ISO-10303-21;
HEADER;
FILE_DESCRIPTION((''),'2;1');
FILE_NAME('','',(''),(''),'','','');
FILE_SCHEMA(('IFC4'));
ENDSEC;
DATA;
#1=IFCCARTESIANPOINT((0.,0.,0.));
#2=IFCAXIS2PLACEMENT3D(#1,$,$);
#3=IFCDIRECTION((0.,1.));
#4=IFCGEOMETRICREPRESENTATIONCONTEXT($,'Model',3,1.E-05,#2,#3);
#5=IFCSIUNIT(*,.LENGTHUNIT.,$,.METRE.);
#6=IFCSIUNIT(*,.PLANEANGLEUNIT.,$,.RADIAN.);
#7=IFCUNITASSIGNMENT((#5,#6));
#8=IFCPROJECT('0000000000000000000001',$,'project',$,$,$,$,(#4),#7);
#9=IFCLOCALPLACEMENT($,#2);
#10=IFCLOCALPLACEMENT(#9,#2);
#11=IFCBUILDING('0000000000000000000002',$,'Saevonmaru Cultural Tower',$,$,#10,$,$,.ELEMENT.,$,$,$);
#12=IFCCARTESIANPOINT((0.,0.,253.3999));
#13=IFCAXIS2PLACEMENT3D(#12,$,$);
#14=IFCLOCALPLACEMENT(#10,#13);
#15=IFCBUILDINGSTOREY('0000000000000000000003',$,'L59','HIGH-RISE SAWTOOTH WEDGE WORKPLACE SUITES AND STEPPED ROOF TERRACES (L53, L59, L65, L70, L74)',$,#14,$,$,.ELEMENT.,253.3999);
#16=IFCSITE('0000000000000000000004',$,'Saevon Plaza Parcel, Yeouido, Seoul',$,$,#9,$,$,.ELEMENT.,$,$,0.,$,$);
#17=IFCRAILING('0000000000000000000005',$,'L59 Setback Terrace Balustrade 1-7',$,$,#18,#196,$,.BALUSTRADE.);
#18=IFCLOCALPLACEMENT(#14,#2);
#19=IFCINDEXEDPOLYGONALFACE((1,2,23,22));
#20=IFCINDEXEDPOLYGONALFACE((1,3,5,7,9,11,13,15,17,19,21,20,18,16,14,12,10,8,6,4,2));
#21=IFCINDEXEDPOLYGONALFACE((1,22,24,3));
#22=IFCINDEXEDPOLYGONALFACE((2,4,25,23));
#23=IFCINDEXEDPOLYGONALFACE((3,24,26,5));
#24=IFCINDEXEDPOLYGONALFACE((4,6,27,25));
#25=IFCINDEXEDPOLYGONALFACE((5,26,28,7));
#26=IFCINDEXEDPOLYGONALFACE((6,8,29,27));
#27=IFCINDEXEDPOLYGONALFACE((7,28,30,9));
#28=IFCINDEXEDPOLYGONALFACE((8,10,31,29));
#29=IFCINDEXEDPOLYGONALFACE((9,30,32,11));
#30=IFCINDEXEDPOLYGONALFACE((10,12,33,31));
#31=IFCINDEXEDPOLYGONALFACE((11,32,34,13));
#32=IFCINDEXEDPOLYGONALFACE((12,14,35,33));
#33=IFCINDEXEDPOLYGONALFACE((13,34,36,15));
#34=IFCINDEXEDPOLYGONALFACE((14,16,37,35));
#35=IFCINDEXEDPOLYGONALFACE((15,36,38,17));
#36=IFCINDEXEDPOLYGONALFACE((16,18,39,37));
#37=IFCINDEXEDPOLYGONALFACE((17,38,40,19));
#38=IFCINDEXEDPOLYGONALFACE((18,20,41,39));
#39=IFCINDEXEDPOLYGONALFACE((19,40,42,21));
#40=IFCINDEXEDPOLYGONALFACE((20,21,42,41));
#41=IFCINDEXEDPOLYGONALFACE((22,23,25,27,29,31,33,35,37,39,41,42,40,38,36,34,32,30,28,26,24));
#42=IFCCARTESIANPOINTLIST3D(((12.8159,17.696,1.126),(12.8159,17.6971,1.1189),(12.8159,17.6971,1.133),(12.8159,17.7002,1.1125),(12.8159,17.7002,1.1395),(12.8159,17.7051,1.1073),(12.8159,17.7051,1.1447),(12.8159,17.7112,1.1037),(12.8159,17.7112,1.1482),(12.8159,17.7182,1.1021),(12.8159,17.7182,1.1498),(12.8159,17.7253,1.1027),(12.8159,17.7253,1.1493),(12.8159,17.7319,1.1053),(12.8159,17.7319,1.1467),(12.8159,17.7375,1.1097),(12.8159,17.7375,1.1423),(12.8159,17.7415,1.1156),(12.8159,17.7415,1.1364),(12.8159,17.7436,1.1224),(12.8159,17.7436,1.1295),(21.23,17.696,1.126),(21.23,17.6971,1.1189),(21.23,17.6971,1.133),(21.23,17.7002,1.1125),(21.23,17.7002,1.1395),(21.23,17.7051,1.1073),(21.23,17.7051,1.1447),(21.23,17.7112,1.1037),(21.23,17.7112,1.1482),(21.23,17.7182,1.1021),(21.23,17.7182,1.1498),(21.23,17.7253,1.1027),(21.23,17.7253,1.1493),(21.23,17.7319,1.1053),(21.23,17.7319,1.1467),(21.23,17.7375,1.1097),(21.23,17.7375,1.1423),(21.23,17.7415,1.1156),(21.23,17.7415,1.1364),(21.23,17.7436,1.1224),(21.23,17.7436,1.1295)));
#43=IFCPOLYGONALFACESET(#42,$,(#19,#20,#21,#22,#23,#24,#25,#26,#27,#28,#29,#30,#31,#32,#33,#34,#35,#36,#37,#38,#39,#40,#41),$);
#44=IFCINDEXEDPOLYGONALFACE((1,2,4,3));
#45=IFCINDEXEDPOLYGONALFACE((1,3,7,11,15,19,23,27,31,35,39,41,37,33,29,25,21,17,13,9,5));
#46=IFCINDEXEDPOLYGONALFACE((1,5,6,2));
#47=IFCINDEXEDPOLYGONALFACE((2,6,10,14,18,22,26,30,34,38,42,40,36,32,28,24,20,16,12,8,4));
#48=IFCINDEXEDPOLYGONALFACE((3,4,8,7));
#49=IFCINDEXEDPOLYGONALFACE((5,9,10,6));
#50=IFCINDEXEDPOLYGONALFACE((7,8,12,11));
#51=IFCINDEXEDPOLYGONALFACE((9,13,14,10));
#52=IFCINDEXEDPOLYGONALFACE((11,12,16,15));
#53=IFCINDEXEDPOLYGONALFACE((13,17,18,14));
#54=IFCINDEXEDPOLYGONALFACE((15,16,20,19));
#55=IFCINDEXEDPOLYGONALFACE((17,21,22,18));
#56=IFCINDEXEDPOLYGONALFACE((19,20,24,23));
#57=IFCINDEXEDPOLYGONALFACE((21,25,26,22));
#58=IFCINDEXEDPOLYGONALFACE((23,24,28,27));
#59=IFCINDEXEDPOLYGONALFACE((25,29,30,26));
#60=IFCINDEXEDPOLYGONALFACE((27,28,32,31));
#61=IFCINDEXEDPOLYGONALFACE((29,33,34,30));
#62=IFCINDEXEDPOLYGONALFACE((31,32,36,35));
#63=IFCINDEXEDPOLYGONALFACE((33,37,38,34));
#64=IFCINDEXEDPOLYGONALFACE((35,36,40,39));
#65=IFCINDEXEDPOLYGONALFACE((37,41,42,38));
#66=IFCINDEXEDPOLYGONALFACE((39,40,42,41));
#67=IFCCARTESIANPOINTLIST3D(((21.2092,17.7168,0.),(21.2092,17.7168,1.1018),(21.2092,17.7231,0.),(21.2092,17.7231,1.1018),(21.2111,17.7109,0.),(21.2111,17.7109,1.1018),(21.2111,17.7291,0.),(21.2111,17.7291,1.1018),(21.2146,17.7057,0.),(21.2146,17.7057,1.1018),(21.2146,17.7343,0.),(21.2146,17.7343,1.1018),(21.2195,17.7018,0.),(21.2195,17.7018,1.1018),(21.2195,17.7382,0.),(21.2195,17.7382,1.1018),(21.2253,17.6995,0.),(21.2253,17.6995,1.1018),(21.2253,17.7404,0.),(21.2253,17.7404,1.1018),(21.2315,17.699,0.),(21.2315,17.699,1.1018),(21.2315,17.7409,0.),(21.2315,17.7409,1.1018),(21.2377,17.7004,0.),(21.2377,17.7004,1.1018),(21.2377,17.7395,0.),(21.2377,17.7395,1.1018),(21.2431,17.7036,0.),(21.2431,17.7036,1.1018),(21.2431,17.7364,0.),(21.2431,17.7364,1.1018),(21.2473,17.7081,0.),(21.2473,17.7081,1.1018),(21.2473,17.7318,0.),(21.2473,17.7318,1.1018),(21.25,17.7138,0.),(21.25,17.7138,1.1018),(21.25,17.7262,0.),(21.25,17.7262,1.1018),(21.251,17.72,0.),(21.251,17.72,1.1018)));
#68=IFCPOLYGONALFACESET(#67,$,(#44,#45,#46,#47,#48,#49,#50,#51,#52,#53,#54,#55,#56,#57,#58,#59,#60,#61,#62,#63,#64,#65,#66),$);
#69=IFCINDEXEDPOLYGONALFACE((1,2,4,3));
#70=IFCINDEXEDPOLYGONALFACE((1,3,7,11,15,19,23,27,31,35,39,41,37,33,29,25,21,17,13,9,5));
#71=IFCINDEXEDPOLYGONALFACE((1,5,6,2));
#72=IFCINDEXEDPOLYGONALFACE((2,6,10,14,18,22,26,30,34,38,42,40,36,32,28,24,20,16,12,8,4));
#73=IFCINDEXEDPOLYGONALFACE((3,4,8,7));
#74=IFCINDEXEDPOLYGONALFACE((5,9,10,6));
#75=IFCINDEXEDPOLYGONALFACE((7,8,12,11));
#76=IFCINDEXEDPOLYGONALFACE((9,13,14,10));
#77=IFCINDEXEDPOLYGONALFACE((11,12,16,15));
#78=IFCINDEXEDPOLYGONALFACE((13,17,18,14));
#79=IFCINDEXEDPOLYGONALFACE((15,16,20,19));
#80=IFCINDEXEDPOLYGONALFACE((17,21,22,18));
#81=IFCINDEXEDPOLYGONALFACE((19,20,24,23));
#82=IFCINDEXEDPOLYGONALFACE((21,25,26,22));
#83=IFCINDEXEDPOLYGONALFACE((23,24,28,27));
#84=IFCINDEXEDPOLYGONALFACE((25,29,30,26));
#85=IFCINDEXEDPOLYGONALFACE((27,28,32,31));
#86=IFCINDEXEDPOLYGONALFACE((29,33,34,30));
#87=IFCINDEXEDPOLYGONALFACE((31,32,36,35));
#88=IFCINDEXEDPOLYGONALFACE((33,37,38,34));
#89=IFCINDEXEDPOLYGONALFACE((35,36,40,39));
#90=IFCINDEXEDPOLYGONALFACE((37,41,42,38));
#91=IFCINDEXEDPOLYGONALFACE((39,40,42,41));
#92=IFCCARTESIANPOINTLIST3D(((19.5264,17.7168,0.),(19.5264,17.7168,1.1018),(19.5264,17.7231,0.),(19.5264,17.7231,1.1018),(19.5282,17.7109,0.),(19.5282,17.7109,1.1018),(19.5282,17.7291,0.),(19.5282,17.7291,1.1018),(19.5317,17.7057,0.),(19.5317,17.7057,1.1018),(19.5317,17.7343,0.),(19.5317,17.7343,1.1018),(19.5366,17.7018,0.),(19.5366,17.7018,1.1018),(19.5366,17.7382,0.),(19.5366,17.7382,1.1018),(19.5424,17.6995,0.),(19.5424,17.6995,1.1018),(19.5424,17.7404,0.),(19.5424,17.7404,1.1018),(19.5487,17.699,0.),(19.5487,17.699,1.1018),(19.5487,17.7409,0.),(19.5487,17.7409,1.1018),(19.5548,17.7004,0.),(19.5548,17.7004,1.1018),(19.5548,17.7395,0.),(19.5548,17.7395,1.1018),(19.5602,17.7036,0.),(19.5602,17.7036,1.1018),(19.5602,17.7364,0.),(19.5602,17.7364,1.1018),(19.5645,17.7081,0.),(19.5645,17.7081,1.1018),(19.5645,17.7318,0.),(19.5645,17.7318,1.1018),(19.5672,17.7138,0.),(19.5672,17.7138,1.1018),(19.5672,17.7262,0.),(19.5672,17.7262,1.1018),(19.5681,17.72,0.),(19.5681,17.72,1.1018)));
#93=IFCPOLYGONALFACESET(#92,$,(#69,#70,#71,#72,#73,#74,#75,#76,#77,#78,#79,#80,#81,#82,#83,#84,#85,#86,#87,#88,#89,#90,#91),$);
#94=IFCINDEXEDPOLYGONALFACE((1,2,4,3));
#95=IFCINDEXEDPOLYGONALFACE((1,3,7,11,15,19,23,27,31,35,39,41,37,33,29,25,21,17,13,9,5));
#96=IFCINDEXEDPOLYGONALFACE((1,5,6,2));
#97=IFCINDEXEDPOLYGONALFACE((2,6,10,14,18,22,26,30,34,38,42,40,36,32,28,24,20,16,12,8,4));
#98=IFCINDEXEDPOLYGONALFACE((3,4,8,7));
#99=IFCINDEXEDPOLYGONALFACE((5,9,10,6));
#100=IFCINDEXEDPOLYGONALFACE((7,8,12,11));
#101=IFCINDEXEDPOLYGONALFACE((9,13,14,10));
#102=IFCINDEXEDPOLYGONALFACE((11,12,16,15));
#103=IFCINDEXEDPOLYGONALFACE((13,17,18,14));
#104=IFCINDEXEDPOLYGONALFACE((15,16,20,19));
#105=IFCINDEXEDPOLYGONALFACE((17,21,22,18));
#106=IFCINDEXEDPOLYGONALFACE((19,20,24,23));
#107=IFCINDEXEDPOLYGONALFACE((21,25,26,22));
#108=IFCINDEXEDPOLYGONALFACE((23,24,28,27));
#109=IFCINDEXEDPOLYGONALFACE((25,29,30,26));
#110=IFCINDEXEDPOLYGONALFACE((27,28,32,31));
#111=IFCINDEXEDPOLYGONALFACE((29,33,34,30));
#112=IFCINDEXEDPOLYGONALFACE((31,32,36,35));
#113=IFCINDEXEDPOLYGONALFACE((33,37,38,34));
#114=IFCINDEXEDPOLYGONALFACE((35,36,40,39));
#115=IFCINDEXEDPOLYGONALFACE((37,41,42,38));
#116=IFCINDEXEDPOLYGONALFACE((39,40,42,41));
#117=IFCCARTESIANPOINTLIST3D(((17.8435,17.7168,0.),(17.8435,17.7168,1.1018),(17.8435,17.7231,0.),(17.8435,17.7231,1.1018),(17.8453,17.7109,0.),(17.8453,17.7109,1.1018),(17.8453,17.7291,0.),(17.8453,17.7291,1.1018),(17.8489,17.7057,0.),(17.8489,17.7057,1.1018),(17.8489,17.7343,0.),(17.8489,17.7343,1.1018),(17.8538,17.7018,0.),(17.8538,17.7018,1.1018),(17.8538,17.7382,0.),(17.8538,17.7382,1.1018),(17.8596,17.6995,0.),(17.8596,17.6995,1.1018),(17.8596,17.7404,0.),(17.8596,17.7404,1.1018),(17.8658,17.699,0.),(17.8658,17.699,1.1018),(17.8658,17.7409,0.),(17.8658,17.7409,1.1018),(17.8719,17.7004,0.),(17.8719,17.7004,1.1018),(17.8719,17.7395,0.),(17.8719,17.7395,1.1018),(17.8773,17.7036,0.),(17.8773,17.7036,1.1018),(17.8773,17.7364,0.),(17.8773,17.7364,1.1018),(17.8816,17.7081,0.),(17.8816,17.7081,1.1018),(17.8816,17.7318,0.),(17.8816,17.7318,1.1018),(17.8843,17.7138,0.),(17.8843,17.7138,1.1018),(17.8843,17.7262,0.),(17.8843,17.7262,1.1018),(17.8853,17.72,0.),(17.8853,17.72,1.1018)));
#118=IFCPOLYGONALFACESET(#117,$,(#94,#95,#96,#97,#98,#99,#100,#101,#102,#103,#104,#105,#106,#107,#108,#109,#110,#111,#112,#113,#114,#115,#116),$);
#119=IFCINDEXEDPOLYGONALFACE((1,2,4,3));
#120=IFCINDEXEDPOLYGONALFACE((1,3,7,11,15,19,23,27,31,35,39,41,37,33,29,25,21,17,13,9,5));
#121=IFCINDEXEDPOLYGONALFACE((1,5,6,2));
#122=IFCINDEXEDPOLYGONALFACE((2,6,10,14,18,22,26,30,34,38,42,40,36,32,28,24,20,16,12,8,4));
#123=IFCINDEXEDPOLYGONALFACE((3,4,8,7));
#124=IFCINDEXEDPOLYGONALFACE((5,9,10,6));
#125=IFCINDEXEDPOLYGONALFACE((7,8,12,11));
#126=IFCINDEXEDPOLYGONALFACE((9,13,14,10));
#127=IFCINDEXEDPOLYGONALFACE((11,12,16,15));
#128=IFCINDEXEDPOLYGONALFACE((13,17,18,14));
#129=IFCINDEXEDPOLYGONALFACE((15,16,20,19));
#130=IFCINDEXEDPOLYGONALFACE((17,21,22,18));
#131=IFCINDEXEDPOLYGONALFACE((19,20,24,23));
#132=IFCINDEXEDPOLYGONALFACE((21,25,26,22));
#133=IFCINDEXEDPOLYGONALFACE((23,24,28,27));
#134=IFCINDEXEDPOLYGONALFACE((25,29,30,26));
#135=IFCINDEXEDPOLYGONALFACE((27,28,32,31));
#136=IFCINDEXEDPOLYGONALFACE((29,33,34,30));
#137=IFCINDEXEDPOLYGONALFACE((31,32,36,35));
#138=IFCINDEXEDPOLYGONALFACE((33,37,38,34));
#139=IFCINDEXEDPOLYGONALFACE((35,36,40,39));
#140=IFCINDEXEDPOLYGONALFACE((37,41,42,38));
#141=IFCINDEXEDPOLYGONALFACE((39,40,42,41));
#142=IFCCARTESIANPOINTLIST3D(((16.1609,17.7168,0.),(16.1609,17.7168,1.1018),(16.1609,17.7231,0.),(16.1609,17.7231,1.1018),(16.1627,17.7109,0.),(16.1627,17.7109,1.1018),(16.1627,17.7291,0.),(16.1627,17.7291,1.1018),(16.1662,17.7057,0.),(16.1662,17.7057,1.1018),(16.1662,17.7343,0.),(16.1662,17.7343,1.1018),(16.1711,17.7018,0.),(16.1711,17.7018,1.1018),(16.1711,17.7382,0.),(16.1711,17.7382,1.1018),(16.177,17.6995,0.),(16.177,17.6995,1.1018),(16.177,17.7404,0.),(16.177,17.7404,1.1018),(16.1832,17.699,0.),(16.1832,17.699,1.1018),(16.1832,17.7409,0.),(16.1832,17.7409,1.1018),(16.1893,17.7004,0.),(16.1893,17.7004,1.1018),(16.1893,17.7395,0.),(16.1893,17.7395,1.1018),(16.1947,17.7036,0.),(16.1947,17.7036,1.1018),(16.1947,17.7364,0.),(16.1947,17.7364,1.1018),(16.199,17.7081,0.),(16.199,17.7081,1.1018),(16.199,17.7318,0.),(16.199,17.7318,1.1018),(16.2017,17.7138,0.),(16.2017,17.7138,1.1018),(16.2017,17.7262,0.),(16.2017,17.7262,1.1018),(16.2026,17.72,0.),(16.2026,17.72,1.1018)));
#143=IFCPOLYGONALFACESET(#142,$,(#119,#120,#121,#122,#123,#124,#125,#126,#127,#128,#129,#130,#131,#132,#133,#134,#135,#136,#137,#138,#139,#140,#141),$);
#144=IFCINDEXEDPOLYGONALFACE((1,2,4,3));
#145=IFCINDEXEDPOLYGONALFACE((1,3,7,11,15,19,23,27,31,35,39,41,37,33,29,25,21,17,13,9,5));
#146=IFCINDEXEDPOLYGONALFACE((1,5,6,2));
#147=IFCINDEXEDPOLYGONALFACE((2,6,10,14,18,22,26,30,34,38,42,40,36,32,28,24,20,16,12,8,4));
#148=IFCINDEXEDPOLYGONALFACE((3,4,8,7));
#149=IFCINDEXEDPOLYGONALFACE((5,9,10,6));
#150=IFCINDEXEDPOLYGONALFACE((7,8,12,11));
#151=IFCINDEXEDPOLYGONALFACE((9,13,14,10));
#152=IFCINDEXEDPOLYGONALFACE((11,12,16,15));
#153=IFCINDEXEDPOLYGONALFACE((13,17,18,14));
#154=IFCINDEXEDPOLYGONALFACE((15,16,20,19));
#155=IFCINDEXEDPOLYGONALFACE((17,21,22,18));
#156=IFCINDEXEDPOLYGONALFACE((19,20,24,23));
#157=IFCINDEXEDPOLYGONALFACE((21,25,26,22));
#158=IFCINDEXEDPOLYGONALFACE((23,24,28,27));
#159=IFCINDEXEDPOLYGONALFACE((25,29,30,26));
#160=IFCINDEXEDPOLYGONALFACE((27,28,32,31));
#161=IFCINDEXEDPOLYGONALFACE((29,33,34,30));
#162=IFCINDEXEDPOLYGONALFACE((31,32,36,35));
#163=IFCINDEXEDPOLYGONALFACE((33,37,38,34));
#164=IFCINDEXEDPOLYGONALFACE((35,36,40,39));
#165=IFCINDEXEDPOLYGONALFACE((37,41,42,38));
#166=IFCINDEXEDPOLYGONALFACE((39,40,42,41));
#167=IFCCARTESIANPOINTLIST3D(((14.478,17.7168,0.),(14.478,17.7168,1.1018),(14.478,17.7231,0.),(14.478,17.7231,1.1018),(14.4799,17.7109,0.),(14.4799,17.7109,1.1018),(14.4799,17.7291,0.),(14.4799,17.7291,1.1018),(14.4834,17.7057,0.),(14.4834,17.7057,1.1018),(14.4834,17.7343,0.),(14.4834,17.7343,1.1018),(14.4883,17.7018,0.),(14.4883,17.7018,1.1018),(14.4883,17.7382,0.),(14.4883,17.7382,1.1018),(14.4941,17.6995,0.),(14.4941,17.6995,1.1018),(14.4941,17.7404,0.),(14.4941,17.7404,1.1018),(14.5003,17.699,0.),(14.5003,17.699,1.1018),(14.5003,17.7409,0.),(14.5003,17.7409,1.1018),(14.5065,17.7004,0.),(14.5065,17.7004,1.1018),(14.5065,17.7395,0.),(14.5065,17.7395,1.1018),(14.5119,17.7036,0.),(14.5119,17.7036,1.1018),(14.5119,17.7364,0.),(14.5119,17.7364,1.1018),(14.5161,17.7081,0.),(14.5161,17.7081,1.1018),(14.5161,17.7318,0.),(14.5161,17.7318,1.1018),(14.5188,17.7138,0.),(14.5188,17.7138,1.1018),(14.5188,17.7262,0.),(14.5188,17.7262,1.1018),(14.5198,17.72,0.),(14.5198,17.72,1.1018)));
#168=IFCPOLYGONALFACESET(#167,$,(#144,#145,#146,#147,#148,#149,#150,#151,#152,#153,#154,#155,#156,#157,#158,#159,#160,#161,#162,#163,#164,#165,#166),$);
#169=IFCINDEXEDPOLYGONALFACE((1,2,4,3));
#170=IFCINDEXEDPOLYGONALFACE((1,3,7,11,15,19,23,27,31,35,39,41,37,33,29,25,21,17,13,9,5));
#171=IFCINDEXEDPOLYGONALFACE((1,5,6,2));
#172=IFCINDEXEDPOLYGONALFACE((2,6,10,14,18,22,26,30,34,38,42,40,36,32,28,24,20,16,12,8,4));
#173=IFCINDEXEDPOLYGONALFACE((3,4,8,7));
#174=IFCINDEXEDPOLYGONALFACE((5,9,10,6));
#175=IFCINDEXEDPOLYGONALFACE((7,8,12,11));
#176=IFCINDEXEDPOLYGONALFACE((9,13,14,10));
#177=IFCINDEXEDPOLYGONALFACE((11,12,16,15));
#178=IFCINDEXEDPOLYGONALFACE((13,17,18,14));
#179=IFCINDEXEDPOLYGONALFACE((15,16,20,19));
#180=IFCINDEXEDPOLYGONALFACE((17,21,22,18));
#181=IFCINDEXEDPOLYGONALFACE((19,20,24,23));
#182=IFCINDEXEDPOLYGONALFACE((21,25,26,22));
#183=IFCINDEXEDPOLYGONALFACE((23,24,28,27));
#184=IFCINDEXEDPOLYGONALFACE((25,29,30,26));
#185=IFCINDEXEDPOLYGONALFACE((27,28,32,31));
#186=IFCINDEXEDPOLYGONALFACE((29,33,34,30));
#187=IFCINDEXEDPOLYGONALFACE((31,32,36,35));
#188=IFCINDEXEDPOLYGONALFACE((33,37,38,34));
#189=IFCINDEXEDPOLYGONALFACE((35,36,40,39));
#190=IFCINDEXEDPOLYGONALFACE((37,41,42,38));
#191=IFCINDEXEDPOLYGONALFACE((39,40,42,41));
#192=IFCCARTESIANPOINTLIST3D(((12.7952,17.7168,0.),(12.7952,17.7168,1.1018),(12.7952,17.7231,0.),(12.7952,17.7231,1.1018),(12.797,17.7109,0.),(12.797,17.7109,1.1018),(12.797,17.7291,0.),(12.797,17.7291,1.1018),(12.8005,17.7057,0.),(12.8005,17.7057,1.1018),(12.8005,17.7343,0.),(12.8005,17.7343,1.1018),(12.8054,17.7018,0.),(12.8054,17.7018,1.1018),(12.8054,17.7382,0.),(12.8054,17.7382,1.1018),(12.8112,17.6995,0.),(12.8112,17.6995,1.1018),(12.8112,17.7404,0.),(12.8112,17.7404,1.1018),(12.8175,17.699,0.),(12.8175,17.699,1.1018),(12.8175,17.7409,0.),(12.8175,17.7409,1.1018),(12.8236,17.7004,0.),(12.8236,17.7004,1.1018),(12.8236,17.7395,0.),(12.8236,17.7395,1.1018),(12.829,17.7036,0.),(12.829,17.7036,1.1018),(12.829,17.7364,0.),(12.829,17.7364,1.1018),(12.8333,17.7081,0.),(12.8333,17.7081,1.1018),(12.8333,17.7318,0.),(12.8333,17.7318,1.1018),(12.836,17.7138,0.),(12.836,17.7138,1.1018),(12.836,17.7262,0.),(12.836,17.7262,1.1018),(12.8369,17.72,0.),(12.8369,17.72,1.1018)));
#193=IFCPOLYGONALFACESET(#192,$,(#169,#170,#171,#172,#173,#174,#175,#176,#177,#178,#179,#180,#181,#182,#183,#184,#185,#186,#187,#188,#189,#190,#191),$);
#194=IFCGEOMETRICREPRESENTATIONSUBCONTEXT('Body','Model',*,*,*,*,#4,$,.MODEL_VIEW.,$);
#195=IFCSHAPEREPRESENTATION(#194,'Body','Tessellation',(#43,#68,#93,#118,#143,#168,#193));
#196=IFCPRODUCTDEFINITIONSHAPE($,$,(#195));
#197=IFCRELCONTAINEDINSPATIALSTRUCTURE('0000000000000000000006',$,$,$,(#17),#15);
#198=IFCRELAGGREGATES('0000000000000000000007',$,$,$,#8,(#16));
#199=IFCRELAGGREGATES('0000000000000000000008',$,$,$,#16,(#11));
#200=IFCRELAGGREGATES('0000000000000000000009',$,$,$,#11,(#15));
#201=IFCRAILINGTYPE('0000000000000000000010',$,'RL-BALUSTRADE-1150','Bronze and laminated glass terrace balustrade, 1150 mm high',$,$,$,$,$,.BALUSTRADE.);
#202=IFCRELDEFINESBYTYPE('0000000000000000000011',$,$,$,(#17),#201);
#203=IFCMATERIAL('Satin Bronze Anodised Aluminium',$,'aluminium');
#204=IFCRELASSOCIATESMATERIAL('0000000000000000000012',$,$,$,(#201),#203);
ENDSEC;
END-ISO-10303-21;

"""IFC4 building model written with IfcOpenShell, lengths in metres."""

from ifc_helpers import new_model, si_unit, direction, frame, origin, origin_2d, place, context, subcontext, project, spatial, circle, extrude, material, type_object, element, save


model = new_model("IFC4")

# Units and contexts
model_context = context("Model", 3, precision=1e-05, world=origin(), true_north=direction((0.0, 1.0)))
body_context = subcontext(model_context, "Body", "Model", "MODEL_VIEW")
ifc_project = project(units=[si_unit("LENGTHUNIT", "METRE"), si_unit("PLANEANGLEUNIT", "RADIAN")], contexts=[model_context])

# Site, building, storey
site_placement = place(None, origin())
site = spatial("IfcSite", under=ifc_project, at=site_placement, Name="Saevon Plaza Parcel, Yeouido, Seoul", CompositionType="ELEMENT", RefElevation=0.0)
building_placement = place(site_placement, origin())
building = spatial("IfcBuilding", under=site, at=building_placement, Name="Saevonmaru Cultural Tower", CompositionType="ELEMENT")
storey_placement = place(building_placement, frame((0.0, 0.0, 253.3999)))
storey = spatial("IfcBuildingStorey", under=building, at=storey_placement, Name="L59", Description="HIGH-RISE SAWTOOTH WEDGE WORKPLACE SUITES AND STEPPED ROOF TERRACES (L53, L59, L65, L70, L74)", CompositionType="ELEMENT", Elevation=253.3999)

# Shared definitions
ifc_material_1 = material(Name="Satin Bronze Anodised Aluminium", Category="aluminium")

# Railing
railing_type = type_object("IfcRailingType", Name="RL-BALUSTRADE-1150", Description="Bronze and laminated glass terrace balustrade, 1150 mm high", PredefinedType="BALUSTRADE", material=ifc_material_1)
railing_1_placement = place(storey_placement, frame((21.23, 17.72, 0.0)))
element("IfcRailing", 1, at=railing_1_placement, inside=storey, type_object=railing_type, Name="L59 Setback Terrace Balustrade 1-7", PredefinedType="BALUSTRADE", context=body_context, shape_type="SweptSolid", body=[
    extrude(circle(Radius=0.0239, at=origin_2d()), frame((0.0, 0.0, 1.126), z_axis=(-1.0, 0.0, 0.0), x_axis=(0.0, -1.0, 0.0)), (0.0, 0.0, 1.0), 8.4141),
    extrude(circle(Radius=0.021, at=origin_2d()), origin(), (0.0, 0.0, 1.0), 1.1018),
    extrude(circle(Radius=0.021, at=origin_2d()), frame((-1.6829, 0.0, 0.0)), (0.0, 0.0, 1.0), 1.1018),
    extrude(circle(Radius=0.021, at=origin_2d()), frame((-3.3657, 0.0, 0.0)), (0.0, 0.0, 1.0), 1.1018),
    extrude(circle(Radius=0.021, at=origin_2d()), frame((-5.0483, 0.0, 0.0)), (0.0, 0.0, 1.0), 1.1018),
    extrude(circle(Radius=0.021, at=origin_2d()), frame((-6.7312, 0.0, 0.0)), (0.0, 0.0, 1.0), 1.1018),
    extrude(circle(Radius=0.021, at=origin_2d()), frame((-8.4141, 0.0, 0.0)), (0.0, 0.0, 1.0), 1.1018),
])

save(model, "model.ifc")
